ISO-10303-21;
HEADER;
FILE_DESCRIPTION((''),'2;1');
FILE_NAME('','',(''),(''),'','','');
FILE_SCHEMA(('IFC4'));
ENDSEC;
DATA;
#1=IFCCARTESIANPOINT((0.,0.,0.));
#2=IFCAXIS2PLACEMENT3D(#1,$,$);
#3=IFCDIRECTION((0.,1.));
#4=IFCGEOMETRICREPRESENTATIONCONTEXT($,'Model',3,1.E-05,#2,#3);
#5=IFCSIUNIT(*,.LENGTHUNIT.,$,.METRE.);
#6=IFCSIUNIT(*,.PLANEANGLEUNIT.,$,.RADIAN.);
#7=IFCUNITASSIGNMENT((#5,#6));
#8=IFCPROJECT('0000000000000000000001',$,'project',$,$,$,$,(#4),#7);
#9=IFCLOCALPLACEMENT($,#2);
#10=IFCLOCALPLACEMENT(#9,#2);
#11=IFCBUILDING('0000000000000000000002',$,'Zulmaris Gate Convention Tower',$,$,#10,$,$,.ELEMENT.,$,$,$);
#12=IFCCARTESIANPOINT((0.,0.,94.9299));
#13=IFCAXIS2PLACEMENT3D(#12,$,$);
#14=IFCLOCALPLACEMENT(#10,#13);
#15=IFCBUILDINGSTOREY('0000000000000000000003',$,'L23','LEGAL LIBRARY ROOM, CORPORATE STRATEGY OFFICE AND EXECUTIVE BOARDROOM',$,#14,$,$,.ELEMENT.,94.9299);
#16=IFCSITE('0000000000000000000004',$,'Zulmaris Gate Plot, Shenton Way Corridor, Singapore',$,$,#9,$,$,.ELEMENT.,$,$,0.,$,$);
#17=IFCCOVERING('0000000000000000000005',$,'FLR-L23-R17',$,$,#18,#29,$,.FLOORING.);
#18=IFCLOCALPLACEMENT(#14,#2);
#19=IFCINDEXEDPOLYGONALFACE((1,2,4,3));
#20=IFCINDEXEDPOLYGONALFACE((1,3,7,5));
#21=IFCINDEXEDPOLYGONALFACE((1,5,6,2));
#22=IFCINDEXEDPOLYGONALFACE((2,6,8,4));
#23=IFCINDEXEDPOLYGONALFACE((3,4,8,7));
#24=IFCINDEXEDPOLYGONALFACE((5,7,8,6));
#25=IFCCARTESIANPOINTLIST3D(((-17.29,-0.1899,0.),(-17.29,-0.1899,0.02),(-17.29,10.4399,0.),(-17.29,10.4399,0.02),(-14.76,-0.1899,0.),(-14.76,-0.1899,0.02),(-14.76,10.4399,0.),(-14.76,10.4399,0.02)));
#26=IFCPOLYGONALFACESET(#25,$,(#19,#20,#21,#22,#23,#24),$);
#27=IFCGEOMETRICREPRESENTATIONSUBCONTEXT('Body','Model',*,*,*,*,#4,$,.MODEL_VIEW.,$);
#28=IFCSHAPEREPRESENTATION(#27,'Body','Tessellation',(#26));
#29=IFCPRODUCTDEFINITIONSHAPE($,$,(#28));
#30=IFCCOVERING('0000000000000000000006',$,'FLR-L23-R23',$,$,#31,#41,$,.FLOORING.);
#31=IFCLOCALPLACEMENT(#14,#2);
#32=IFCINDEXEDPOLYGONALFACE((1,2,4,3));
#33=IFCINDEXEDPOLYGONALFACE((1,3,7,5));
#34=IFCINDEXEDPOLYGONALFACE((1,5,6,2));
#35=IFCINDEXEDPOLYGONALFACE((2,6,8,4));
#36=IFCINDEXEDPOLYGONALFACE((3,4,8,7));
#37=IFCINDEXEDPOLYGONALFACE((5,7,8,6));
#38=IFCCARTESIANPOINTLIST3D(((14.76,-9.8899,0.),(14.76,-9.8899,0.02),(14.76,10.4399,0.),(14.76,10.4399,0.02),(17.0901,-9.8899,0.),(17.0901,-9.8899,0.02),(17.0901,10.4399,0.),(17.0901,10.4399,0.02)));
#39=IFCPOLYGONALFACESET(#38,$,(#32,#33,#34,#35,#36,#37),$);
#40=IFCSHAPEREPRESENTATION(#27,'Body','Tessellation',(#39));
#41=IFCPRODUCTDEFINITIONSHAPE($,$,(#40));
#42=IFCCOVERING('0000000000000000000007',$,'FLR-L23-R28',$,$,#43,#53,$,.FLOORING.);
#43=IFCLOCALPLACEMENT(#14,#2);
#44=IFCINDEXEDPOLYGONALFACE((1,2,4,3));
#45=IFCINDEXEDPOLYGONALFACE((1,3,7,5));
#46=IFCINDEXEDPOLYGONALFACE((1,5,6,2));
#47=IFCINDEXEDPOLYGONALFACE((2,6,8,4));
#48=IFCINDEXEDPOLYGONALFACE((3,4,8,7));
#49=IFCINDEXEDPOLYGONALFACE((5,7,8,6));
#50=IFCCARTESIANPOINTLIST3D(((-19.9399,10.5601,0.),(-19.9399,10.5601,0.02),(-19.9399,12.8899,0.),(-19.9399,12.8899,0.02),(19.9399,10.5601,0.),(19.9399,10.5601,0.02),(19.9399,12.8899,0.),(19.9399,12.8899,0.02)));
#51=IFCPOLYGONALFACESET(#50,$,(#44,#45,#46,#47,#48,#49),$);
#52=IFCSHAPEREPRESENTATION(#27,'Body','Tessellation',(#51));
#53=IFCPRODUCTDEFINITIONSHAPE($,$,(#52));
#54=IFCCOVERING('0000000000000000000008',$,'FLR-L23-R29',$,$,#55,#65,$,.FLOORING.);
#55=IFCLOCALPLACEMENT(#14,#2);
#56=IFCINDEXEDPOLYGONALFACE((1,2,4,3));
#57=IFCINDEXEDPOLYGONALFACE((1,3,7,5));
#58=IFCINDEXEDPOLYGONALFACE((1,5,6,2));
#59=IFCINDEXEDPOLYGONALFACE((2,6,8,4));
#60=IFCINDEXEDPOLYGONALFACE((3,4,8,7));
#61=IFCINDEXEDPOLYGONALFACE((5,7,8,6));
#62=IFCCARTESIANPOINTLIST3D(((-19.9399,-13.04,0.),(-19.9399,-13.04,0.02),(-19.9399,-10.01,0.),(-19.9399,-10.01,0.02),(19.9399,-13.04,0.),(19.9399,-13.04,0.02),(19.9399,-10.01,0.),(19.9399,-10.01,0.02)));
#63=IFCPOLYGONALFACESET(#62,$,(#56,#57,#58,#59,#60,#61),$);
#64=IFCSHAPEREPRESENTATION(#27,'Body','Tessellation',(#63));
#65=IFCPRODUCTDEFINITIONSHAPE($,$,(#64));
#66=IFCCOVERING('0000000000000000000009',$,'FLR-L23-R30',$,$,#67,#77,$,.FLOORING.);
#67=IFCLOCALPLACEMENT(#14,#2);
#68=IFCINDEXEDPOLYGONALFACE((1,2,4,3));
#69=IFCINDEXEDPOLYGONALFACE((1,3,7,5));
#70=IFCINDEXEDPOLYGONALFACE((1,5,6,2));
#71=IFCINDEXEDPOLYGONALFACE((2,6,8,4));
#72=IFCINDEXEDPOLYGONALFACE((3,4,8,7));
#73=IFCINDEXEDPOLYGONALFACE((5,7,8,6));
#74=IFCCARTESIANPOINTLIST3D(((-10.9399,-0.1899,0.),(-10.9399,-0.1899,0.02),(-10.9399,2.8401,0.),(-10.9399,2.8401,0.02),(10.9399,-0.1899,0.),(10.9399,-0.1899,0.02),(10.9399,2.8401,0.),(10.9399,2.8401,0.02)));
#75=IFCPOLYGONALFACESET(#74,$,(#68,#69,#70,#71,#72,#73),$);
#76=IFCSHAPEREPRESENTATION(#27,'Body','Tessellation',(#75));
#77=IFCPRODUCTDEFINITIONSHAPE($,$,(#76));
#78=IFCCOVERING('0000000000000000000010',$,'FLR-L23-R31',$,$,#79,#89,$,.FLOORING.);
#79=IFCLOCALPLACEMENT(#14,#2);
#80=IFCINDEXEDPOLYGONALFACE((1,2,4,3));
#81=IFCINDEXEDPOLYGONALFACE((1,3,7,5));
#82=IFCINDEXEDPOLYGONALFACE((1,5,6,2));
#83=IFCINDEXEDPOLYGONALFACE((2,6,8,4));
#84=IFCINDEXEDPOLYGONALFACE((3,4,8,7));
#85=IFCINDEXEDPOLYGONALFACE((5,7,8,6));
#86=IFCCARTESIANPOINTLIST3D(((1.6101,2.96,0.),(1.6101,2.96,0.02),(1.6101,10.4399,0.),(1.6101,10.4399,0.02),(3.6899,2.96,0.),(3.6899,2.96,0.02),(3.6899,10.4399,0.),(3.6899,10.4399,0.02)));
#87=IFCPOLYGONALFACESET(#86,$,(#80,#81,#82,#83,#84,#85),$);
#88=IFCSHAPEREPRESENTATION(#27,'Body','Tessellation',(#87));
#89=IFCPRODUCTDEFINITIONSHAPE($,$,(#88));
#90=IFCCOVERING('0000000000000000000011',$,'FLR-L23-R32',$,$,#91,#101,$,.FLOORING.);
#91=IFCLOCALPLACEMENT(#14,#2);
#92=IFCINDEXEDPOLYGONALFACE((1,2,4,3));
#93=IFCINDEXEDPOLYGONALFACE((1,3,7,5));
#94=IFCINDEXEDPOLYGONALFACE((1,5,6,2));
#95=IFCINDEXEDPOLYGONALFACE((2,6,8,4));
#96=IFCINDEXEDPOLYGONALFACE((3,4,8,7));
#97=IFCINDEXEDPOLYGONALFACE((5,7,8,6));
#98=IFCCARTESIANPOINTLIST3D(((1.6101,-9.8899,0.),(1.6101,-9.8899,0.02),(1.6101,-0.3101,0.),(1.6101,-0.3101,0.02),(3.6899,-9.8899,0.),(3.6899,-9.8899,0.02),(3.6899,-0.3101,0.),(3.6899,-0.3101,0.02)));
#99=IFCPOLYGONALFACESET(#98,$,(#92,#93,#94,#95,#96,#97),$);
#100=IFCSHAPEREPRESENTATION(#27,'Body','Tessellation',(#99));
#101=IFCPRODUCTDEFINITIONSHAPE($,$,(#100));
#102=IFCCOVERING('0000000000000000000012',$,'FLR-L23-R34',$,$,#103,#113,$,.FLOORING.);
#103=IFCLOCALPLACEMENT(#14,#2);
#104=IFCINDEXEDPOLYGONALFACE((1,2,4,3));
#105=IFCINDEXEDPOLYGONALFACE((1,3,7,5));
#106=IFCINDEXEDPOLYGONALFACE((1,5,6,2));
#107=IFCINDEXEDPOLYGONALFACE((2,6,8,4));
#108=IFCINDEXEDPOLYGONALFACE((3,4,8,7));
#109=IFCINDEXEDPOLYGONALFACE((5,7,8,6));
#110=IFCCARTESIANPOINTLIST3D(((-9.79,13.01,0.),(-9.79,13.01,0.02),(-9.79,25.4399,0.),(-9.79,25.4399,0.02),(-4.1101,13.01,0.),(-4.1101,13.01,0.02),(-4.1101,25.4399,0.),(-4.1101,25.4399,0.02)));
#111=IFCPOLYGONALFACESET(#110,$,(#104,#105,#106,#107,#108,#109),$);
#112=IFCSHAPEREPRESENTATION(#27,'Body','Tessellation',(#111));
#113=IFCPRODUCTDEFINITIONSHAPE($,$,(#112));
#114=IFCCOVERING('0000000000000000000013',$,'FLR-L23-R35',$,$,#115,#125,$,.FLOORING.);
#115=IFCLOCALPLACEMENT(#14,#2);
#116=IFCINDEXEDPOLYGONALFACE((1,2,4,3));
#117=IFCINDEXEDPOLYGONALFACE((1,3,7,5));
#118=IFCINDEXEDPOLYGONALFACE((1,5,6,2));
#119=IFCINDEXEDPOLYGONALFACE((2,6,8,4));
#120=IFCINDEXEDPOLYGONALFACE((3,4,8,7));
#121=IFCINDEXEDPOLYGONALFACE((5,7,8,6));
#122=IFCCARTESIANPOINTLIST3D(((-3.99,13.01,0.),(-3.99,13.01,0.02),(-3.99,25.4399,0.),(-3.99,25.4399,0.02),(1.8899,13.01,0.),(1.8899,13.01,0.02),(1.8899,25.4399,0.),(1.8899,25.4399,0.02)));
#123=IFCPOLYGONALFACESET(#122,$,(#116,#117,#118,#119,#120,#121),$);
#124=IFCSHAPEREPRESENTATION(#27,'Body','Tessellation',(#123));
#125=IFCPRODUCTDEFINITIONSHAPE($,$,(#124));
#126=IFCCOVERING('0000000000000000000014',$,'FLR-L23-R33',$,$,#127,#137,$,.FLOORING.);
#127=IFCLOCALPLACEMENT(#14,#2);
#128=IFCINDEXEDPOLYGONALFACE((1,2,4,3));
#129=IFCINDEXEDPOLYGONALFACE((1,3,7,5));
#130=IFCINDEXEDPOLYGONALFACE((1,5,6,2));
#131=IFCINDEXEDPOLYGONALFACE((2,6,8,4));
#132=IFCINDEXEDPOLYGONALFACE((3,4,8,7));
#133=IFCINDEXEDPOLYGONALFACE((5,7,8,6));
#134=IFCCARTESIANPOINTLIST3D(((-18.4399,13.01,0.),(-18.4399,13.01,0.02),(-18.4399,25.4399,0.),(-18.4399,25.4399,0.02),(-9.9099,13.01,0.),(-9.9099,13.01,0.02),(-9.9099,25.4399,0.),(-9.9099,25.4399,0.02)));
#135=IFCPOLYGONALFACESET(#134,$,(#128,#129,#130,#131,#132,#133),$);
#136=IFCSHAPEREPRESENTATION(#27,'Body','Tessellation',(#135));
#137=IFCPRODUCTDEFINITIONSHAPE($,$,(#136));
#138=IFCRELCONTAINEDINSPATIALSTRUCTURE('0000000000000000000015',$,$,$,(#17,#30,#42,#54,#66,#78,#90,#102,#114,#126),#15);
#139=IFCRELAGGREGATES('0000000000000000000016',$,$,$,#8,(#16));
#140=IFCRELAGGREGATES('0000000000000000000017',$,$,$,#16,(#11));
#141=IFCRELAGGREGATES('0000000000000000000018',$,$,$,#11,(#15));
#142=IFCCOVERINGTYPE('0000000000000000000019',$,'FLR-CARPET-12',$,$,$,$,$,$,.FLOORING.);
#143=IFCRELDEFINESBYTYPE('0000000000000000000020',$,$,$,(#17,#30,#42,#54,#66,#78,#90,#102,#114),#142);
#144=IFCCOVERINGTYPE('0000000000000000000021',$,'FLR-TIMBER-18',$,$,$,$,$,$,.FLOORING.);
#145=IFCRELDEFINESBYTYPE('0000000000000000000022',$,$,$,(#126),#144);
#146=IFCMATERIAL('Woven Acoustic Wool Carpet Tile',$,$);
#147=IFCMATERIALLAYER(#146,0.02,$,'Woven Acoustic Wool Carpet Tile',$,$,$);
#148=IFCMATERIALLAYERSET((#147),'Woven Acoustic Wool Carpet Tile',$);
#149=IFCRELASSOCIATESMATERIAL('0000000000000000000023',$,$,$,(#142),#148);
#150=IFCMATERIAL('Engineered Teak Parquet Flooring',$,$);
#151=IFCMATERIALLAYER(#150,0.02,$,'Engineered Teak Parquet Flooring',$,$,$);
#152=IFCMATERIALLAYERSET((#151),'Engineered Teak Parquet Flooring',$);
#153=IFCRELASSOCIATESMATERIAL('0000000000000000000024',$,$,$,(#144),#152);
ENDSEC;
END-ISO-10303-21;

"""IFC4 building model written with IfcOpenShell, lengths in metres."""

from ifc_helpers import new_model, si_unit, direction, frame, origin, place, context, subcontext, project, spatial, polyline, outline, extrude, material, layer, layer_set, type_object, element, save


model = new_model("IFC4")

# Units and contexts
model_context = context("Model", 3, precision=1e-05, world=origin(), true_north=direction((0.0, 1.0)))
body_context = subcontext(model_context, "Body", "Model", "MODEL_VIEW")
ifc_project = project(units=[si_unit("LENGTHUNIT", "METRE"), si_unit("PLANEANGLEUNIT", "RADIAN")], contexts=[model_context])

# Site, building, storey
site_placement = place(None, origin())
site = spatial("IfcSite", under=ifc_project, at=site_placement, Name="Zulmaris Gate Plot, Shenton Way Corridor, Singapore", CompositionType="ELEMENT", RefElevation=0.0)
building_placement = place(site_placement, origin())
building = spatial("IfcBuilding", under=site, at=building_placement, Name="Zulmaris Gate Convention Tower", CompositionType="ELEMENT")
storey_placement = place(building_placement, frame((0.0, 0.0, 94.9299)))
storey = spatial("IfcBuildingStorey", under=building, at=storey_placement, Name="L23", Description="LEGAL LIBRARY ROOM, CORPORATE STRATEGY OFFICE AND EXECUTIVE BOARDROOM", CompositionType="ELEMENT", Elevation=94.9299)

# Coverings
ifc_material_1 = material(Name="Woven Acoustic Wool Carpet Tile")
ifc_layer_1 = layer(ifc_material_1, 0.02, Name="Woven Acoustic Wool Carpet Tile")
ifc_layer_set_1 = layer_set([ifc_layer_1], Name="Woven Acoustic Wool Carpet Tile")
covering_type_1 = type_object("IfcCoveringType", Name="FLR-CARPET-12", PredefinedType="FLOORING", material=ifc_layer_set_1)
covering_1_placement = place(storey_placement, origin())
element("IfcCovering", 1, at=covering_1_placement, inside=storey, type_object=covering_type_1, Name="FLR-L23-R17", PredefinedType="FLOORING", context=body_context, shape_type="SweptSolid", body=[
    extrude(outline(polyline([(-17.29, -0.1899), (-14.76, -0.1899), (-14.76, 10.4399), (-17.29, 10.4399), (-17.29, -0.1899)])), origin(), (0.0, 0.0, 1.0), 0.02),
])
covering_2_placement = place(storey_placement, origin())
element("IfcCovering", 2, at=covering_2_placement, inside=storey, type_object=covering_type_1, Name="FLR-L23-R23", PredefinedType="FLOORING", context=body_context, shape_type="SweptSolid", body=[
    extrude(outline(polyline([(14.76, -9.8899), (17.0901, -9.8899), (17.0901, 10.4399), (14.76, 10.4399), (14.76, -9.8899)])), origin(), (0.0, 0.0, 1.0), 0.02),
])
covering_3_placement = place(storey_placement, origin())
element("IfcCovering", 3, at=covering_3_placement, inside=storey, type_object=covering_type_1, Name="FLR-L23-R28", PredefinedType="FLOORING", context=body_context, shape_type="SweptSolid", body=[
    extrude(outline(polyline([(-19.9399, 10.5601), (19.9399, 10.5601), (19.9399, 12.8899), (-19.9399, 12.8899), (-19.9399, 10.5601)])), origin(), (0.0, 0.0, 1.0), 0.02),
])
covering_4_placement = place(storey_placement, origin())
element("IfcCovering", 4, at=covering_4_placement, inside=storey, type_object=covering_type_1, Name="FLR-L23-R29", PredefinedType="FLOORING", context=body_context, shape_type="SweptSolid", body=[
    extrude(outline(polyline([(-19.9399, -13.04), (19.9399, -13.04), (19.9399, -10.01), (-19.9399, -10.01), (-19.9399, -13.04)])), origin(), (0.0, 0.0, 1.0), 0.02),
])
covering_5_placement = place(storey_placement, origin())
element("IfcCovering", 5, at=covering_5_placement, inside=storey, type_object=covering_type_1, Name="FLR-L23-R30", PredefinedType="FLOORING", context=body_context, shape_type="SweptSolid", body=[
    extrude(outline(polyline([(-10.9399, -0.1899), (10.9399, -0.1899), (10.9399, 2.8401), (-10.9399, 2.8401), (-10.9399, -0.1899)])), origin(), (0.0, 0.0, 1.0), 0.02),
])
covering_6_placement = place(storey_placement, origin())
element("IfcCovering", 6, at=covering_6_placement, inside=storey, type_object=covering_type_1, Name="FLR-L23-R31", PredefinedType="FLOORING", context=body_context, shape_type="SweptSolid", body=[
    extrude(outline(polyline([(1.6101, 2.96), (3.6899, 2.96), (3.6899, 10.4399), (1.6101, 10.4399), (1.6101, 2.96)])), origin(), (0.0, 0.0, 1.0), 0.02),
])
covering_7_placement = place(storey_placement, origin())
element("IfcCovering", 7, at=covering_7_placement, inside=storey, type_object=covering_type_1, Name="FLR-L23-R32", PredefinedType="FLOORING", context=body_context, shape_type="SweptSolid", body=[
    extrude(outline(polyline([(1.6101, -9.8899), (3.6899, -9.8899), (3.6899, -0.3101), (1.6101, -0.3101), (1.6101, -9.8899)])), origin(), (0.0, 0.0, 1.0), 0.02),
])
covering_8_placement = place(storey_placement, origin())
element("IfcCovering", 8, at=covering_8_placement, inside=storey, type_object=covering_type_1, Name="FLR-L23-R34", PredefinedType="FLOORING", context=body_context, shape_type="SweptSolid", body=[
    extrude(outline(polyline([(-9.79, 13.01), (-4.1101, 13.01), (-4.1101, 25.4399), (-9.79, 25.4399), (-9.79, 13.01)])), origin(), (0.0, 0.0, 1.0), 0.02),
])
covering_9_placement = place(storey_placement, origin())
element("IfcCovering", 9, at=covering_9_placement, inside=storey, type_object=covering_type_1, Name="FLR-L23-R35", PredefinedType="FLOORING", context=body_context, shape_type="SweptSolid", body=[
    extrude(outline(polyline([(-3.99, 13.01), (1.8899, 13.01), (1.8899, 25.4399), (-3.99, 25.4399), (-3.99, 13.01)])), origin(), (0.0, 0.0, 1.0), 0.02),
])
ifc_material_2 = material(Name="Engineered Teak Parquet Flooring")
ifc_layer_2 = layer(ifc_material_2, 0.02, Name="Engineered Teak Parquet Flooring")
ifc_layer_set_2 = layer_set([ifc_layer_2], Name="Engineered Teak Parquet Flooring")
covering_type_2 = type_object("IfcCoveringType", Name="FLR-TIMBER-18", PredefinedType="FLOORING", material=ifc_layer_set_2)
covering_10_placement = place(storey_placement, origin())
element("IfcCovering", 10, at=covering_10_placement, inside=storey, type_object=covering_type_2, Name="FLR-L23-R33", PredefinedType="FLOORING", context=body_context, shape_type="SweptSolid", body=[
    extrude(outline(polyline([(-18.4399, 13.01), (-9.9099, 13.01), (-9.9099, 25.4399), (-18.4399, 25.4399), (-18.4399, 13.01)])), origin(), (0.0, 0.0, 1.0), 0.02),
])

save(model, "model.ifc")
